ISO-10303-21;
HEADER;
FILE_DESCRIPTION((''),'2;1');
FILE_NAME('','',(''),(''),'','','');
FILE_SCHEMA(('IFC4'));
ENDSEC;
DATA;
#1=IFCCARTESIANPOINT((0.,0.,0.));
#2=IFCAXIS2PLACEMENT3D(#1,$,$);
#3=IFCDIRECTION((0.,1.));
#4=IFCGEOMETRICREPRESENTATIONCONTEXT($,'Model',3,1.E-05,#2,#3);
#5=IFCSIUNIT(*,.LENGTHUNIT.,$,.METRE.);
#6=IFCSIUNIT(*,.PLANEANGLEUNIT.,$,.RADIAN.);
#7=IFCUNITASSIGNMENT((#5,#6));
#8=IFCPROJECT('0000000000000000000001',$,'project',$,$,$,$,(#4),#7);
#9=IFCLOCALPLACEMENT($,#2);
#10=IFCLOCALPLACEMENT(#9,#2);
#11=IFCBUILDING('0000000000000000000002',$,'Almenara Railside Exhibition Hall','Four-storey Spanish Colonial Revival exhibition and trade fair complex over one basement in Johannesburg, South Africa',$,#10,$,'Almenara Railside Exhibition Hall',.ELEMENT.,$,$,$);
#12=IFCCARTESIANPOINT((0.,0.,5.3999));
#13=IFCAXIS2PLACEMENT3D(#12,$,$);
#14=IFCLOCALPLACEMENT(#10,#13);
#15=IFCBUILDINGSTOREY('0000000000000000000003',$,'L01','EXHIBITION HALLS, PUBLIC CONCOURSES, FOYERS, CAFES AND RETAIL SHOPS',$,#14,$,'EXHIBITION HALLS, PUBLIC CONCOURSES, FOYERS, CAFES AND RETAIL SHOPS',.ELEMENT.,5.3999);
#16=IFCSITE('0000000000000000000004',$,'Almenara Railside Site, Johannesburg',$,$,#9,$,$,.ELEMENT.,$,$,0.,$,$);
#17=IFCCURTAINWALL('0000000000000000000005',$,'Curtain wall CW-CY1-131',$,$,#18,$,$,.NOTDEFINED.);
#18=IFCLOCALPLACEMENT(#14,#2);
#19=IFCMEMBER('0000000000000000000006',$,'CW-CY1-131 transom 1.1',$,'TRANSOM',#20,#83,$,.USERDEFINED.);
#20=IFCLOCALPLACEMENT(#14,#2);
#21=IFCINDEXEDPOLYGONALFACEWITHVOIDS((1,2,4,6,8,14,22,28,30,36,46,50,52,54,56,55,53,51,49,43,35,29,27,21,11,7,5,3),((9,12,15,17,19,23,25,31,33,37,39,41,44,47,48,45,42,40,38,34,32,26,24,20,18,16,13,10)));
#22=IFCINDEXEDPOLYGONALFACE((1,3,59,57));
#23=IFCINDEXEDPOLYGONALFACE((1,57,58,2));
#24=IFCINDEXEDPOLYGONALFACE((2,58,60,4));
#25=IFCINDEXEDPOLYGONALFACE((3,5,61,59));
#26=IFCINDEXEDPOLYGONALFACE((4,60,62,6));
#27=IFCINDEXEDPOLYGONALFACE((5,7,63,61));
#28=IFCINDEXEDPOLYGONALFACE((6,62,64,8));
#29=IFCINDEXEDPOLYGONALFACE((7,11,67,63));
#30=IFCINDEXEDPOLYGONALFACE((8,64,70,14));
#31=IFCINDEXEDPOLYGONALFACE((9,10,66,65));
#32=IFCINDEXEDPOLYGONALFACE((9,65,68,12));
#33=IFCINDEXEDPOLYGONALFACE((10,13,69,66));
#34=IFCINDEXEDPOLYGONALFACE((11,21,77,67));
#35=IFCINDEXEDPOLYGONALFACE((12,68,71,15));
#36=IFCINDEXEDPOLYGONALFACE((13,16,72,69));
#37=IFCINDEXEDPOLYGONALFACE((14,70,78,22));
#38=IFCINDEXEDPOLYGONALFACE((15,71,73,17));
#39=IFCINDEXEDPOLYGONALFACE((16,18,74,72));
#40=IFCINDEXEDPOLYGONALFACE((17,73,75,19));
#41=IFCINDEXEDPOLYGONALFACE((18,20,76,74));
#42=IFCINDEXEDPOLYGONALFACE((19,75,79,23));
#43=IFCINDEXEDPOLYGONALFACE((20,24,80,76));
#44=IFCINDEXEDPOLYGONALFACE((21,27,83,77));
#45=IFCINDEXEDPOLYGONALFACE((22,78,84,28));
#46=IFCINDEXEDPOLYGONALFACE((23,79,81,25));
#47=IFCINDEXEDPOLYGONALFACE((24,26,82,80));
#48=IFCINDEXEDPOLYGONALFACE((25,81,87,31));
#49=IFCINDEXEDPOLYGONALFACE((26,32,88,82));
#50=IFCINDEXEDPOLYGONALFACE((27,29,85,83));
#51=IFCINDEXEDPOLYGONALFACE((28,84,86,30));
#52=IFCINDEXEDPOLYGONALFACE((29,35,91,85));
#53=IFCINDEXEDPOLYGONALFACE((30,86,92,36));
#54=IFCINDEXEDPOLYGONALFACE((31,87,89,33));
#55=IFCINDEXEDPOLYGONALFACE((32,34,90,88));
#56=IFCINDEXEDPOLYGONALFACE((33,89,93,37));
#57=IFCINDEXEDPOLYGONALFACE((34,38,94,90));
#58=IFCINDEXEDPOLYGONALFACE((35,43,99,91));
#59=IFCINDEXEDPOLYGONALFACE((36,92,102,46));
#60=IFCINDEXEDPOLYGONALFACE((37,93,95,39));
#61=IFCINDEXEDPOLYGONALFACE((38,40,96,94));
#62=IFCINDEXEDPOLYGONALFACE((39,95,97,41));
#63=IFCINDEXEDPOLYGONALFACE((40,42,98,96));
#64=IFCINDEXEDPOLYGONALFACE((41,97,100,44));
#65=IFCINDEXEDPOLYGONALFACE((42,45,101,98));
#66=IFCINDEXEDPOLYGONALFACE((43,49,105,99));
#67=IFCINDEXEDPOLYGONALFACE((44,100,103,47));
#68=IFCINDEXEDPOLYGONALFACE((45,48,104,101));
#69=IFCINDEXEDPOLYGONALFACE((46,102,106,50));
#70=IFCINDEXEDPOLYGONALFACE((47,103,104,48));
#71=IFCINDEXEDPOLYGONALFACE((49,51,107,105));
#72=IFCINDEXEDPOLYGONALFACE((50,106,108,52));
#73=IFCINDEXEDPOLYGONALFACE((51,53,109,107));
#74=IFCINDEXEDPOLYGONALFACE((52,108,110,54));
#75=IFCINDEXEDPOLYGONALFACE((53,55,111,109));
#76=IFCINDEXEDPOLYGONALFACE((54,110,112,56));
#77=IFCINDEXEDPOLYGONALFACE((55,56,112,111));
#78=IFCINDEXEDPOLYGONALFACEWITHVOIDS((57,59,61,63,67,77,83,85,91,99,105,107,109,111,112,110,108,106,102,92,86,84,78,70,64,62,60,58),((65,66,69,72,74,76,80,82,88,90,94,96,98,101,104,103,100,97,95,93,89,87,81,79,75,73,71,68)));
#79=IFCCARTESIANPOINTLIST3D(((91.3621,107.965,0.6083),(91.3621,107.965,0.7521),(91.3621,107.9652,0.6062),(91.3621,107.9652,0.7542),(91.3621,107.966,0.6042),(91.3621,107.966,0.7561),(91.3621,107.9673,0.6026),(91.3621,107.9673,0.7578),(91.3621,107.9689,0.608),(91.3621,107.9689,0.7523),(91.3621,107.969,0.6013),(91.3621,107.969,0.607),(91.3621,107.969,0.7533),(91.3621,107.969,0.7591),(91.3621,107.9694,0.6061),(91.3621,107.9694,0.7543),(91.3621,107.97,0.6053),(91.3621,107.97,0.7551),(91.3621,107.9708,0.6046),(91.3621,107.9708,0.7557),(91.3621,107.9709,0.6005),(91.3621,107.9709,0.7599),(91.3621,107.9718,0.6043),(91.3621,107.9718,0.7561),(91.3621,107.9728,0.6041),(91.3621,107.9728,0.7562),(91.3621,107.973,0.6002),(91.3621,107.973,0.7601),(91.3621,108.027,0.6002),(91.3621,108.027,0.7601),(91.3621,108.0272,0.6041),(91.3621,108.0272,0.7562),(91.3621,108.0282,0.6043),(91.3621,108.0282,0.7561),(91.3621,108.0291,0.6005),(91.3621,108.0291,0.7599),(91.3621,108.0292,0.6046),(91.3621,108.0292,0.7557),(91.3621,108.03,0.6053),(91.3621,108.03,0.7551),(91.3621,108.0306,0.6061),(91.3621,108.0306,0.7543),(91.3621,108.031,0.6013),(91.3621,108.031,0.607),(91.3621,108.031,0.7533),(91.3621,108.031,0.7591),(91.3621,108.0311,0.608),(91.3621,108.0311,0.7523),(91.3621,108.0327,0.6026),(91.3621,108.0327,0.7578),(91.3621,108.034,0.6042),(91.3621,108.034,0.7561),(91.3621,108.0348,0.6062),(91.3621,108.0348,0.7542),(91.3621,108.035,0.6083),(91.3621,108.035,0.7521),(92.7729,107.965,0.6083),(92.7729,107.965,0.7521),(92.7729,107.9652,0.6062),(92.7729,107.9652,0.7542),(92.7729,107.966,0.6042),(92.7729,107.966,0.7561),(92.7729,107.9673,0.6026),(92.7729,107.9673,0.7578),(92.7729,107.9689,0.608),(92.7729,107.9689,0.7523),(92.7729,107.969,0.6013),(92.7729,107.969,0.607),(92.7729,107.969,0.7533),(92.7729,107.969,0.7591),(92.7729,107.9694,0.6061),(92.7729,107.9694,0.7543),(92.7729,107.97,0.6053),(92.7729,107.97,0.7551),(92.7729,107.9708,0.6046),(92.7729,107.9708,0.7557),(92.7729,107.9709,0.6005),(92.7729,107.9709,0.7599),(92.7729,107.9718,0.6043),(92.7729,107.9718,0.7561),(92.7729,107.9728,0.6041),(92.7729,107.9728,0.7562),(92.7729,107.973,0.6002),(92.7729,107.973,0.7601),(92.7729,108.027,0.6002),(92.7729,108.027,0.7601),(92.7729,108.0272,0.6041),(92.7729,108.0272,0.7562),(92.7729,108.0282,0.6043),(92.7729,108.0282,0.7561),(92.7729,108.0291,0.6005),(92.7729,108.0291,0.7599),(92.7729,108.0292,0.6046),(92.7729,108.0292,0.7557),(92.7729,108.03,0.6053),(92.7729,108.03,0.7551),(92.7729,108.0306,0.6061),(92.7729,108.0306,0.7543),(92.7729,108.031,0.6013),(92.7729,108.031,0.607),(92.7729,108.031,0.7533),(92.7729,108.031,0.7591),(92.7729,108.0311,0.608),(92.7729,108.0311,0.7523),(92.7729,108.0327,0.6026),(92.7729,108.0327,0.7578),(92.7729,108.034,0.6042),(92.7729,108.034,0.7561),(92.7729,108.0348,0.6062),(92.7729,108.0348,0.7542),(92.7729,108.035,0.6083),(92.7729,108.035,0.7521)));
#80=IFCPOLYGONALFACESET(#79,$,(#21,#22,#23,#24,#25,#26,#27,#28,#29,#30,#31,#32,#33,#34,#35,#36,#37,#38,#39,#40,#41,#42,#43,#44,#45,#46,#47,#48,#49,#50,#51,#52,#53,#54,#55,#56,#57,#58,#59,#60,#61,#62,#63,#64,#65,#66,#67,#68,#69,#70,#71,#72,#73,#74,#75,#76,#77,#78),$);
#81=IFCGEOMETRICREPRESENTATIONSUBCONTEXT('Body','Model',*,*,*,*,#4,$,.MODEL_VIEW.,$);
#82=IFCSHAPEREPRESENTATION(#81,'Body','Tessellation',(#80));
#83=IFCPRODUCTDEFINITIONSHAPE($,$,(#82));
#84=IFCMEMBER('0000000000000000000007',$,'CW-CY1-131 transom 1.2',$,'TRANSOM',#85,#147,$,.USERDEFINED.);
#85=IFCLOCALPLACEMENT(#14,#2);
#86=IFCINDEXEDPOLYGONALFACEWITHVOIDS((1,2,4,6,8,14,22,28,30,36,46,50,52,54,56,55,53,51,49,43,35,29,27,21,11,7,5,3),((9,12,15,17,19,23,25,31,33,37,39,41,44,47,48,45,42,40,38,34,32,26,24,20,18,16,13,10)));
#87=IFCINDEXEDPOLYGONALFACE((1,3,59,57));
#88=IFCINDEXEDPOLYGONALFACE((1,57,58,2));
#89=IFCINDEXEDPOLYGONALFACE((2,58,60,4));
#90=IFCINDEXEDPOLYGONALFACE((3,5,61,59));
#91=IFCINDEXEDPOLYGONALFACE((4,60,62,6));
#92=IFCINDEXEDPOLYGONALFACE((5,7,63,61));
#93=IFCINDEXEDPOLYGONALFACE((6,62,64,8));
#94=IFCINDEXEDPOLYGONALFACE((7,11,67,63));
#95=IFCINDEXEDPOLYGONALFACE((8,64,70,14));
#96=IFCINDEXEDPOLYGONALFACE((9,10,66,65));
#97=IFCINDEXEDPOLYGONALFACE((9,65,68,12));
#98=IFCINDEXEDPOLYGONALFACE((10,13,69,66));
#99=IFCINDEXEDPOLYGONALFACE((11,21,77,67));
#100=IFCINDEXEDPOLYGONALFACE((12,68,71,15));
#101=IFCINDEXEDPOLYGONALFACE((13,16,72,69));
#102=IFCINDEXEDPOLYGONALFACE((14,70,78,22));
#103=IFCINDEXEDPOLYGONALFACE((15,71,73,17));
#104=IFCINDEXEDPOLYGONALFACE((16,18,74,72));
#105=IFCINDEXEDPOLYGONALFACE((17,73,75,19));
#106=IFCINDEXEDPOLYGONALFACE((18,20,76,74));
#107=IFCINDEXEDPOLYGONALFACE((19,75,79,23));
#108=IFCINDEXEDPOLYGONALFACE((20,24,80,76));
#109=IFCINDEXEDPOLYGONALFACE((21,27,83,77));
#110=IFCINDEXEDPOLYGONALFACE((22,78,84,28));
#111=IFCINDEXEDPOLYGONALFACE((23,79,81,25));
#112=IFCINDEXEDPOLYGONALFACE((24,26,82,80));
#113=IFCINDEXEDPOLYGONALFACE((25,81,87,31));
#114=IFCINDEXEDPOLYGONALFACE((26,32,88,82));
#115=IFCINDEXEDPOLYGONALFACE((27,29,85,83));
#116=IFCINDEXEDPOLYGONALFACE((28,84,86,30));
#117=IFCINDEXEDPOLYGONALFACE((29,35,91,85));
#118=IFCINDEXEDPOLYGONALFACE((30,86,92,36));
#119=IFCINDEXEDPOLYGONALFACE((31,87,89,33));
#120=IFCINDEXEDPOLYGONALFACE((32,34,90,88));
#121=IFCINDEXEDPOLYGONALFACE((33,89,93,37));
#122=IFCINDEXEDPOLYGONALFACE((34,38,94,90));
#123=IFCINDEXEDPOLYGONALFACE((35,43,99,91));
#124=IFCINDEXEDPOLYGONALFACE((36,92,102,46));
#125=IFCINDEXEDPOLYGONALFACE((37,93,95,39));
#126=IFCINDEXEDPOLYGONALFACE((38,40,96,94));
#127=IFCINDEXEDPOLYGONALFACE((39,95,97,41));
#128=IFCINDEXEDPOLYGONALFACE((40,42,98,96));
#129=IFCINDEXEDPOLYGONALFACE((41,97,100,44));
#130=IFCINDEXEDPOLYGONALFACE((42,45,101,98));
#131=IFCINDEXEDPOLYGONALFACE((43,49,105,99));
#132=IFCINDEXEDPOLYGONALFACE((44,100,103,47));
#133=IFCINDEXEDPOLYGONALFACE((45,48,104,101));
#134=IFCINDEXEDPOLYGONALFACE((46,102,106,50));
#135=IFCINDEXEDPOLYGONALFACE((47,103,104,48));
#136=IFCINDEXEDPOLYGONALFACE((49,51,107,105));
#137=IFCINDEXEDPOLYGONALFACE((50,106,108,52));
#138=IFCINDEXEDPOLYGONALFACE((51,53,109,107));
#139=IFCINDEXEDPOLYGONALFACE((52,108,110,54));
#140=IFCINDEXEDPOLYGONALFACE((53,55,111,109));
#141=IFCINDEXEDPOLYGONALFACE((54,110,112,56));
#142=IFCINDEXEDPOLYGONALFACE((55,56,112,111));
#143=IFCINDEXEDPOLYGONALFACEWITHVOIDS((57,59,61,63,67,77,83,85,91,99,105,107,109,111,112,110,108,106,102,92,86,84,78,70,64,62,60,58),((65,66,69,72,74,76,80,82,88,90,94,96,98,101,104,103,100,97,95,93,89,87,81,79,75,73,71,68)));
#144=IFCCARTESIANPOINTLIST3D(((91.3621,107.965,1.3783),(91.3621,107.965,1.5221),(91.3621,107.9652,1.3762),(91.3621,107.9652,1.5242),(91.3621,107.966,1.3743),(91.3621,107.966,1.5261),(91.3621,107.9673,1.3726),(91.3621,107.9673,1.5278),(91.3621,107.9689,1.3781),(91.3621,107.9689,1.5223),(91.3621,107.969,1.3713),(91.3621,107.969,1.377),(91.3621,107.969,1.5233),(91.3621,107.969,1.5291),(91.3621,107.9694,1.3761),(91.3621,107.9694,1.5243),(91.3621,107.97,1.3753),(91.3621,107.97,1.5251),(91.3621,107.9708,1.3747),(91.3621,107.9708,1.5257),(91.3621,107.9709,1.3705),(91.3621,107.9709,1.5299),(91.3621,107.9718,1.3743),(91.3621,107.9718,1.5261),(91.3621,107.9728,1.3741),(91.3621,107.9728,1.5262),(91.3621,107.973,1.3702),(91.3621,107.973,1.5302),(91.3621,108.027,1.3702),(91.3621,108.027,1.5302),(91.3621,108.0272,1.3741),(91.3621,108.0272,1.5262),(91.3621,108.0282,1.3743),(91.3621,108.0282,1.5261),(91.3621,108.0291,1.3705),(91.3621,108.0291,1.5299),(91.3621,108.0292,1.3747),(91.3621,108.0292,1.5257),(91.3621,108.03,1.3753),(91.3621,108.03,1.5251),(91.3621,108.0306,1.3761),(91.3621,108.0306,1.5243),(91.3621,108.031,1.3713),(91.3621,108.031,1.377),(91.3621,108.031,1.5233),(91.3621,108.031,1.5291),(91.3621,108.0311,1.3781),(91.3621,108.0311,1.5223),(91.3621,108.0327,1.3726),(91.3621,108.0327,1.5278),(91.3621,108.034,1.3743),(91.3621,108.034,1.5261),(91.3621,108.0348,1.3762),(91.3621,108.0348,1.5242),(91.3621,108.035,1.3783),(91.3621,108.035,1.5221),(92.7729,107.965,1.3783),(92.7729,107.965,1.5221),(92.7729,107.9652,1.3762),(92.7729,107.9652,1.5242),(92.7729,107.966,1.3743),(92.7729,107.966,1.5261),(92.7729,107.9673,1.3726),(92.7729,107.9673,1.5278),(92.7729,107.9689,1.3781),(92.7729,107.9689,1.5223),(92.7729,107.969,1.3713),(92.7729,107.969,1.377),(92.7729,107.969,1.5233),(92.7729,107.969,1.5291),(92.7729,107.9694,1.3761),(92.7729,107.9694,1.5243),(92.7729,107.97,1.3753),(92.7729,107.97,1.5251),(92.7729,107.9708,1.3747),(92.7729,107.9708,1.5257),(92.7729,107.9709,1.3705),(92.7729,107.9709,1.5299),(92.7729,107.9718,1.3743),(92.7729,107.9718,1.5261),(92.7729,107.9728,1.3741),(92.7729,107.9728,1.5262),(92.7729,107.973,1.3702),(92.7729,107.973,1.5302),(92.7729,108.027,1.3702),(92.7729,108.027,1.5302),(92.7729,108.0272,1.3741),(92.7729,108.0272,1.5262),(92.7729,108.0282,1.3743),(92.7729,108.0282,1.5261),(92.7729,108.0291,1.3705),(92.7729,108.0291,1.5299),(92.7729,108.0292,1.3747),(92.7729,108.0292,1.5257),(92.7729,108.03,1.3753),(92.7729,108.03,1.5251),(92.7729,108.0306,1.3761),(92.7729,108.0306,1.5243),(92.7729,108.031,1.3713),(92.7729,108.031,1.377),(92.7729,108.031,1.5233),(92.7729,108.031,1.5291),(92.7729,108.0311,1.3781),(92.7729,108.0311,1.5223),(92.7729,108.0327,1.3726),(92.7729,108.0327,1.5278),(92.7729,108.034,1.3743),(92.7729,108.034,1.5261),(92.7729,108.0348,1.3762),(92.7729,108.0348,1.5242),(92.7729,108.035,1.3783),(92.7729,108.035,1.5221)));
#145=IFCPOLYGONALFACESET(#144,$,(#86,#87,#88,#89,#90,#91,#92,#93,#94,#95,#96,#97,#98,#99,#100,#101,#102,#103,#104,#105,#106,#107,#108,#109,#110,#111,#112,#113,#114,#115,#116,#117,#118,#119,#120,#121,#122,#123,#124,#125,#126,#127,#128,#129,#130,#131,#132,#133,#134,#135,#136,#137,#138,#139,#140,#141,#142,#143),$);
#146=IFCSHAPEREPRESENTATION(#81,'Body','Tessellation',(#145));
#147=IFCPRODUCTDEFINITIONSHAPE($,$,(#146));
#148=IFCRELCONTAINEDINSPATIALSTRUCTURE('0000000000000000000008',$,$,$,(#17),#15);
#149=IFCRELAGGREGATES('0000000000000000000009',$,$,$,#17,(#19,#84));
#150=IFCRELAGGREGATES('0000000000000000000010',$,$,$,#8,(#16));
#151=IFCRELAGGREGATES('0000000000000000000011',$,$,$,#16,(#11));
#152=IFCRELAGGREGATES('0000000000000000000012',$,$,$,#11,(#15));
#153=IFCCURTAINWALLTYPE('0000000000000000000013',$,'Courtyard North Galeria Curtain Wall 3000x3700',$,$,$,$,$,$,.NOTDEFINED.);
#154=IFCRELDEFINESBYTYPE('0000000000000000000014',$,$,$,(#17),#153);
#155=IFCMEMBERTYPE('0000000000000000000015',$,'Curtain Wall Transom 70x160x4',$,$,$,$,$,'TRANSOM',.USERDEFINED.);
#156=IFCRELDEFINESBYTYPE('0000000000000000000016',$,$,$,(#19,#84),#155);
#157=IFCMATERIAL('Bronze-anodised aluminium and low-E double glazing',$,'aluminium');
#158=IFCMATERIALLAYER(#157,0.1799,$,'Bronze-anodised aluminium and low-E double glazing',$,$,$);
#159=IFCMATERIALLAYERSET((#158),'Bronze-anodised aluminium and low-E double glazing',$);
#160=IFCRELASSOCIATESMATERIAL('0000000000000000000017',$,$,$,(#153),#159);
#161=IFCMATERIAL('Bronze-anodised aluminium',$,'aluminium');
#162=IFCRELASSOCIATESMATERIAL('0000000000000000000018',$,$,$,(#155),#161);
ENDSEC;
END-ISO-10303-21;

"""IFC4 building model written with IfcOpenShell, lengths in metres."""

from ifc_helpers import new_model, si_unit, direction, frame, origin, origin_2d, place, context, subcontext, project, spatial, hollow_rectangle, extrude, material, layer, layer_set, material_profile, profile_set, type_object, element, aggregate, save


model = new_model("IFC4")

# Units and contexts
model_context = context("Model", 3, precision=1e-05, world=origin(), true_north=direction((0.0, 1.0)))
body_context = subcontext(model_context, "Body", "Model", "MODEL_VIEW")
ifc_project = project(units=[si_unit("LENGTHUNIT", "METRE"), si_unit("PLANEANGLEUNIT", "RADIAN")], contexts=[model_context])

# Site, building, storey
site_placement = place(None, origin())
site = spatial("IfcSite", under=ifc_project, at=site_placement, Name="Almenara Railside Site, Johannesburg", CompositionType="ELEMENT", RefElevation=0.0)
building_placement = place(site_placement, origin())
building = spatial("IfcBuilding", under=site, at=building_placement, Name="Almenara Railside Exhibition Hall", Description="Four-storey Spanish Colonial Revival exhibition and trade fair complex over one basement in Johannesburg, South Africa", LongName="Almenara Railside Exhibition Hall", CompositionType="ELEMENT")
storey_placement = place(building_placement, frame((0.0, 0.0, 5.3999)))
storey = spatial("IfcBuildingStorey", under=building, at=storey_placement, Name="L01", Description="EXHIBITION HALLS, PUBLIC CONCOURSES, FOYERS, CAFES AND RETAIL SHOPS", LongName="EXHIBITION HALLS, PUBLIC CONCOURSES, FOYERS, CAFES AND RETAIL SHOPS", CompositionType="ELEMENT", Elevation=5.3999)

# Shared definitions
ifc_material_1 = material(Name="Bronze-anodised aluminium and low-E double glazing", Category="aluminium")
ifc_material_2 = material(Name="Bronze-anodised aluminium", Category="aluminium")

# Curtain wall
ifc_layer_1 = layer(ifc_material_1, 0.1799, Name="Bronze-anodised aluminium and low-E double glazing")
ifc_layer_set_1 = layer_set([ifc_layer_1], Name="Bronze-anodised aluminium and low-E double glazing")
curtain_wall_type_1 = type_object("IfcCurtainWallType", Name="Courtyard North Galeria Curtain Wall 3000x3700", PredefinedType="NOTDEFINED", material=ifc_layer_set_1)
curtain_wall_1_placement = place(storey_placement, origin())
curtain_wall_1 = element("IfcCurtainWall", 1, at=curtain_wall_1_placement, inside=storey, type_object=curtain_wall_type_1, Name="Curtain wall CW-CY1-131", PredefinedType="NOTDEFINED")

# Members
ifc_material_profile_1 = material_profile(ifc_material_2, hollow_rectangle(XDim=0.0701, YDim=0.1599, WallThickness=0.0039, InnerFilletRadius=0.0039, OuterFilletRadius=0.0081, at=origin_2d()), Name="ALU-TRN 70x160x4")
ifc_profile_set_1 = profile_set([ifc_material_profile_1], Name="Bronze-anodised aluminium")
member_type_1 = type_object("IfcMemberType", Name="Curtain Wall Transom 70x160x4", ElementType="TRANSOM", PredefinedType="USERDEFINED", material=ifc_profile_set_1)
member_1_placement = place(storey_placement, frame((91.3621, 108.0, 0.6802), z_axis=(1.0, 0.0, 0.0), x_axis=(0.0, 1.0, 0.0)))
member_1 = element("IfcMember", 2, at=member_1_placement, type_object=member_type_1, Name="CW-CY1-131 transom 1.1", ObjectType="TRANSOM", PredefinedType="USERDEFINED", context=body_context, shape_type="SweptSolid", body=[
    extrude(hollow_rectangle(XDim=0.0701, YDim=0.1599, WallThickness=0.0039, InnerFilletRadius=0.0039, OuterFilletRadius=0.0081, at=origin_2d()), origin(), (0.0, 0.0, 1.0), 1.4109),
])
member_2_placement = place(storey_placement, frame((91.3621, 108.0, 1.4502), z_axis=(1.0, 0.0, 0.0), x_axis=(0.0, 1.0, 0.0)))
member_2 = element("IfcMember", 3, at=member_2_placement, type_object=member_type_1, Name="CW-CY1-131 transom 1.2", ObjectType="TRANSOM", PredefinedType="USERDEFINED", context=body_context, shape_type="SweptSolid", body=[
    extrude(hollow_rectangle(XDim=0.0701, YDim=0.1599, WallThickness=0.0039, InnerFilletRadius=0.0039, OuterFilletRadius=0.0081, at=origin_2d()), origin(), (0.0, 0.0, 1.0), 1.4109),
])

aggregate(curtain_wall_1, [member_1, member_2])

save(model, "model.ifc")
